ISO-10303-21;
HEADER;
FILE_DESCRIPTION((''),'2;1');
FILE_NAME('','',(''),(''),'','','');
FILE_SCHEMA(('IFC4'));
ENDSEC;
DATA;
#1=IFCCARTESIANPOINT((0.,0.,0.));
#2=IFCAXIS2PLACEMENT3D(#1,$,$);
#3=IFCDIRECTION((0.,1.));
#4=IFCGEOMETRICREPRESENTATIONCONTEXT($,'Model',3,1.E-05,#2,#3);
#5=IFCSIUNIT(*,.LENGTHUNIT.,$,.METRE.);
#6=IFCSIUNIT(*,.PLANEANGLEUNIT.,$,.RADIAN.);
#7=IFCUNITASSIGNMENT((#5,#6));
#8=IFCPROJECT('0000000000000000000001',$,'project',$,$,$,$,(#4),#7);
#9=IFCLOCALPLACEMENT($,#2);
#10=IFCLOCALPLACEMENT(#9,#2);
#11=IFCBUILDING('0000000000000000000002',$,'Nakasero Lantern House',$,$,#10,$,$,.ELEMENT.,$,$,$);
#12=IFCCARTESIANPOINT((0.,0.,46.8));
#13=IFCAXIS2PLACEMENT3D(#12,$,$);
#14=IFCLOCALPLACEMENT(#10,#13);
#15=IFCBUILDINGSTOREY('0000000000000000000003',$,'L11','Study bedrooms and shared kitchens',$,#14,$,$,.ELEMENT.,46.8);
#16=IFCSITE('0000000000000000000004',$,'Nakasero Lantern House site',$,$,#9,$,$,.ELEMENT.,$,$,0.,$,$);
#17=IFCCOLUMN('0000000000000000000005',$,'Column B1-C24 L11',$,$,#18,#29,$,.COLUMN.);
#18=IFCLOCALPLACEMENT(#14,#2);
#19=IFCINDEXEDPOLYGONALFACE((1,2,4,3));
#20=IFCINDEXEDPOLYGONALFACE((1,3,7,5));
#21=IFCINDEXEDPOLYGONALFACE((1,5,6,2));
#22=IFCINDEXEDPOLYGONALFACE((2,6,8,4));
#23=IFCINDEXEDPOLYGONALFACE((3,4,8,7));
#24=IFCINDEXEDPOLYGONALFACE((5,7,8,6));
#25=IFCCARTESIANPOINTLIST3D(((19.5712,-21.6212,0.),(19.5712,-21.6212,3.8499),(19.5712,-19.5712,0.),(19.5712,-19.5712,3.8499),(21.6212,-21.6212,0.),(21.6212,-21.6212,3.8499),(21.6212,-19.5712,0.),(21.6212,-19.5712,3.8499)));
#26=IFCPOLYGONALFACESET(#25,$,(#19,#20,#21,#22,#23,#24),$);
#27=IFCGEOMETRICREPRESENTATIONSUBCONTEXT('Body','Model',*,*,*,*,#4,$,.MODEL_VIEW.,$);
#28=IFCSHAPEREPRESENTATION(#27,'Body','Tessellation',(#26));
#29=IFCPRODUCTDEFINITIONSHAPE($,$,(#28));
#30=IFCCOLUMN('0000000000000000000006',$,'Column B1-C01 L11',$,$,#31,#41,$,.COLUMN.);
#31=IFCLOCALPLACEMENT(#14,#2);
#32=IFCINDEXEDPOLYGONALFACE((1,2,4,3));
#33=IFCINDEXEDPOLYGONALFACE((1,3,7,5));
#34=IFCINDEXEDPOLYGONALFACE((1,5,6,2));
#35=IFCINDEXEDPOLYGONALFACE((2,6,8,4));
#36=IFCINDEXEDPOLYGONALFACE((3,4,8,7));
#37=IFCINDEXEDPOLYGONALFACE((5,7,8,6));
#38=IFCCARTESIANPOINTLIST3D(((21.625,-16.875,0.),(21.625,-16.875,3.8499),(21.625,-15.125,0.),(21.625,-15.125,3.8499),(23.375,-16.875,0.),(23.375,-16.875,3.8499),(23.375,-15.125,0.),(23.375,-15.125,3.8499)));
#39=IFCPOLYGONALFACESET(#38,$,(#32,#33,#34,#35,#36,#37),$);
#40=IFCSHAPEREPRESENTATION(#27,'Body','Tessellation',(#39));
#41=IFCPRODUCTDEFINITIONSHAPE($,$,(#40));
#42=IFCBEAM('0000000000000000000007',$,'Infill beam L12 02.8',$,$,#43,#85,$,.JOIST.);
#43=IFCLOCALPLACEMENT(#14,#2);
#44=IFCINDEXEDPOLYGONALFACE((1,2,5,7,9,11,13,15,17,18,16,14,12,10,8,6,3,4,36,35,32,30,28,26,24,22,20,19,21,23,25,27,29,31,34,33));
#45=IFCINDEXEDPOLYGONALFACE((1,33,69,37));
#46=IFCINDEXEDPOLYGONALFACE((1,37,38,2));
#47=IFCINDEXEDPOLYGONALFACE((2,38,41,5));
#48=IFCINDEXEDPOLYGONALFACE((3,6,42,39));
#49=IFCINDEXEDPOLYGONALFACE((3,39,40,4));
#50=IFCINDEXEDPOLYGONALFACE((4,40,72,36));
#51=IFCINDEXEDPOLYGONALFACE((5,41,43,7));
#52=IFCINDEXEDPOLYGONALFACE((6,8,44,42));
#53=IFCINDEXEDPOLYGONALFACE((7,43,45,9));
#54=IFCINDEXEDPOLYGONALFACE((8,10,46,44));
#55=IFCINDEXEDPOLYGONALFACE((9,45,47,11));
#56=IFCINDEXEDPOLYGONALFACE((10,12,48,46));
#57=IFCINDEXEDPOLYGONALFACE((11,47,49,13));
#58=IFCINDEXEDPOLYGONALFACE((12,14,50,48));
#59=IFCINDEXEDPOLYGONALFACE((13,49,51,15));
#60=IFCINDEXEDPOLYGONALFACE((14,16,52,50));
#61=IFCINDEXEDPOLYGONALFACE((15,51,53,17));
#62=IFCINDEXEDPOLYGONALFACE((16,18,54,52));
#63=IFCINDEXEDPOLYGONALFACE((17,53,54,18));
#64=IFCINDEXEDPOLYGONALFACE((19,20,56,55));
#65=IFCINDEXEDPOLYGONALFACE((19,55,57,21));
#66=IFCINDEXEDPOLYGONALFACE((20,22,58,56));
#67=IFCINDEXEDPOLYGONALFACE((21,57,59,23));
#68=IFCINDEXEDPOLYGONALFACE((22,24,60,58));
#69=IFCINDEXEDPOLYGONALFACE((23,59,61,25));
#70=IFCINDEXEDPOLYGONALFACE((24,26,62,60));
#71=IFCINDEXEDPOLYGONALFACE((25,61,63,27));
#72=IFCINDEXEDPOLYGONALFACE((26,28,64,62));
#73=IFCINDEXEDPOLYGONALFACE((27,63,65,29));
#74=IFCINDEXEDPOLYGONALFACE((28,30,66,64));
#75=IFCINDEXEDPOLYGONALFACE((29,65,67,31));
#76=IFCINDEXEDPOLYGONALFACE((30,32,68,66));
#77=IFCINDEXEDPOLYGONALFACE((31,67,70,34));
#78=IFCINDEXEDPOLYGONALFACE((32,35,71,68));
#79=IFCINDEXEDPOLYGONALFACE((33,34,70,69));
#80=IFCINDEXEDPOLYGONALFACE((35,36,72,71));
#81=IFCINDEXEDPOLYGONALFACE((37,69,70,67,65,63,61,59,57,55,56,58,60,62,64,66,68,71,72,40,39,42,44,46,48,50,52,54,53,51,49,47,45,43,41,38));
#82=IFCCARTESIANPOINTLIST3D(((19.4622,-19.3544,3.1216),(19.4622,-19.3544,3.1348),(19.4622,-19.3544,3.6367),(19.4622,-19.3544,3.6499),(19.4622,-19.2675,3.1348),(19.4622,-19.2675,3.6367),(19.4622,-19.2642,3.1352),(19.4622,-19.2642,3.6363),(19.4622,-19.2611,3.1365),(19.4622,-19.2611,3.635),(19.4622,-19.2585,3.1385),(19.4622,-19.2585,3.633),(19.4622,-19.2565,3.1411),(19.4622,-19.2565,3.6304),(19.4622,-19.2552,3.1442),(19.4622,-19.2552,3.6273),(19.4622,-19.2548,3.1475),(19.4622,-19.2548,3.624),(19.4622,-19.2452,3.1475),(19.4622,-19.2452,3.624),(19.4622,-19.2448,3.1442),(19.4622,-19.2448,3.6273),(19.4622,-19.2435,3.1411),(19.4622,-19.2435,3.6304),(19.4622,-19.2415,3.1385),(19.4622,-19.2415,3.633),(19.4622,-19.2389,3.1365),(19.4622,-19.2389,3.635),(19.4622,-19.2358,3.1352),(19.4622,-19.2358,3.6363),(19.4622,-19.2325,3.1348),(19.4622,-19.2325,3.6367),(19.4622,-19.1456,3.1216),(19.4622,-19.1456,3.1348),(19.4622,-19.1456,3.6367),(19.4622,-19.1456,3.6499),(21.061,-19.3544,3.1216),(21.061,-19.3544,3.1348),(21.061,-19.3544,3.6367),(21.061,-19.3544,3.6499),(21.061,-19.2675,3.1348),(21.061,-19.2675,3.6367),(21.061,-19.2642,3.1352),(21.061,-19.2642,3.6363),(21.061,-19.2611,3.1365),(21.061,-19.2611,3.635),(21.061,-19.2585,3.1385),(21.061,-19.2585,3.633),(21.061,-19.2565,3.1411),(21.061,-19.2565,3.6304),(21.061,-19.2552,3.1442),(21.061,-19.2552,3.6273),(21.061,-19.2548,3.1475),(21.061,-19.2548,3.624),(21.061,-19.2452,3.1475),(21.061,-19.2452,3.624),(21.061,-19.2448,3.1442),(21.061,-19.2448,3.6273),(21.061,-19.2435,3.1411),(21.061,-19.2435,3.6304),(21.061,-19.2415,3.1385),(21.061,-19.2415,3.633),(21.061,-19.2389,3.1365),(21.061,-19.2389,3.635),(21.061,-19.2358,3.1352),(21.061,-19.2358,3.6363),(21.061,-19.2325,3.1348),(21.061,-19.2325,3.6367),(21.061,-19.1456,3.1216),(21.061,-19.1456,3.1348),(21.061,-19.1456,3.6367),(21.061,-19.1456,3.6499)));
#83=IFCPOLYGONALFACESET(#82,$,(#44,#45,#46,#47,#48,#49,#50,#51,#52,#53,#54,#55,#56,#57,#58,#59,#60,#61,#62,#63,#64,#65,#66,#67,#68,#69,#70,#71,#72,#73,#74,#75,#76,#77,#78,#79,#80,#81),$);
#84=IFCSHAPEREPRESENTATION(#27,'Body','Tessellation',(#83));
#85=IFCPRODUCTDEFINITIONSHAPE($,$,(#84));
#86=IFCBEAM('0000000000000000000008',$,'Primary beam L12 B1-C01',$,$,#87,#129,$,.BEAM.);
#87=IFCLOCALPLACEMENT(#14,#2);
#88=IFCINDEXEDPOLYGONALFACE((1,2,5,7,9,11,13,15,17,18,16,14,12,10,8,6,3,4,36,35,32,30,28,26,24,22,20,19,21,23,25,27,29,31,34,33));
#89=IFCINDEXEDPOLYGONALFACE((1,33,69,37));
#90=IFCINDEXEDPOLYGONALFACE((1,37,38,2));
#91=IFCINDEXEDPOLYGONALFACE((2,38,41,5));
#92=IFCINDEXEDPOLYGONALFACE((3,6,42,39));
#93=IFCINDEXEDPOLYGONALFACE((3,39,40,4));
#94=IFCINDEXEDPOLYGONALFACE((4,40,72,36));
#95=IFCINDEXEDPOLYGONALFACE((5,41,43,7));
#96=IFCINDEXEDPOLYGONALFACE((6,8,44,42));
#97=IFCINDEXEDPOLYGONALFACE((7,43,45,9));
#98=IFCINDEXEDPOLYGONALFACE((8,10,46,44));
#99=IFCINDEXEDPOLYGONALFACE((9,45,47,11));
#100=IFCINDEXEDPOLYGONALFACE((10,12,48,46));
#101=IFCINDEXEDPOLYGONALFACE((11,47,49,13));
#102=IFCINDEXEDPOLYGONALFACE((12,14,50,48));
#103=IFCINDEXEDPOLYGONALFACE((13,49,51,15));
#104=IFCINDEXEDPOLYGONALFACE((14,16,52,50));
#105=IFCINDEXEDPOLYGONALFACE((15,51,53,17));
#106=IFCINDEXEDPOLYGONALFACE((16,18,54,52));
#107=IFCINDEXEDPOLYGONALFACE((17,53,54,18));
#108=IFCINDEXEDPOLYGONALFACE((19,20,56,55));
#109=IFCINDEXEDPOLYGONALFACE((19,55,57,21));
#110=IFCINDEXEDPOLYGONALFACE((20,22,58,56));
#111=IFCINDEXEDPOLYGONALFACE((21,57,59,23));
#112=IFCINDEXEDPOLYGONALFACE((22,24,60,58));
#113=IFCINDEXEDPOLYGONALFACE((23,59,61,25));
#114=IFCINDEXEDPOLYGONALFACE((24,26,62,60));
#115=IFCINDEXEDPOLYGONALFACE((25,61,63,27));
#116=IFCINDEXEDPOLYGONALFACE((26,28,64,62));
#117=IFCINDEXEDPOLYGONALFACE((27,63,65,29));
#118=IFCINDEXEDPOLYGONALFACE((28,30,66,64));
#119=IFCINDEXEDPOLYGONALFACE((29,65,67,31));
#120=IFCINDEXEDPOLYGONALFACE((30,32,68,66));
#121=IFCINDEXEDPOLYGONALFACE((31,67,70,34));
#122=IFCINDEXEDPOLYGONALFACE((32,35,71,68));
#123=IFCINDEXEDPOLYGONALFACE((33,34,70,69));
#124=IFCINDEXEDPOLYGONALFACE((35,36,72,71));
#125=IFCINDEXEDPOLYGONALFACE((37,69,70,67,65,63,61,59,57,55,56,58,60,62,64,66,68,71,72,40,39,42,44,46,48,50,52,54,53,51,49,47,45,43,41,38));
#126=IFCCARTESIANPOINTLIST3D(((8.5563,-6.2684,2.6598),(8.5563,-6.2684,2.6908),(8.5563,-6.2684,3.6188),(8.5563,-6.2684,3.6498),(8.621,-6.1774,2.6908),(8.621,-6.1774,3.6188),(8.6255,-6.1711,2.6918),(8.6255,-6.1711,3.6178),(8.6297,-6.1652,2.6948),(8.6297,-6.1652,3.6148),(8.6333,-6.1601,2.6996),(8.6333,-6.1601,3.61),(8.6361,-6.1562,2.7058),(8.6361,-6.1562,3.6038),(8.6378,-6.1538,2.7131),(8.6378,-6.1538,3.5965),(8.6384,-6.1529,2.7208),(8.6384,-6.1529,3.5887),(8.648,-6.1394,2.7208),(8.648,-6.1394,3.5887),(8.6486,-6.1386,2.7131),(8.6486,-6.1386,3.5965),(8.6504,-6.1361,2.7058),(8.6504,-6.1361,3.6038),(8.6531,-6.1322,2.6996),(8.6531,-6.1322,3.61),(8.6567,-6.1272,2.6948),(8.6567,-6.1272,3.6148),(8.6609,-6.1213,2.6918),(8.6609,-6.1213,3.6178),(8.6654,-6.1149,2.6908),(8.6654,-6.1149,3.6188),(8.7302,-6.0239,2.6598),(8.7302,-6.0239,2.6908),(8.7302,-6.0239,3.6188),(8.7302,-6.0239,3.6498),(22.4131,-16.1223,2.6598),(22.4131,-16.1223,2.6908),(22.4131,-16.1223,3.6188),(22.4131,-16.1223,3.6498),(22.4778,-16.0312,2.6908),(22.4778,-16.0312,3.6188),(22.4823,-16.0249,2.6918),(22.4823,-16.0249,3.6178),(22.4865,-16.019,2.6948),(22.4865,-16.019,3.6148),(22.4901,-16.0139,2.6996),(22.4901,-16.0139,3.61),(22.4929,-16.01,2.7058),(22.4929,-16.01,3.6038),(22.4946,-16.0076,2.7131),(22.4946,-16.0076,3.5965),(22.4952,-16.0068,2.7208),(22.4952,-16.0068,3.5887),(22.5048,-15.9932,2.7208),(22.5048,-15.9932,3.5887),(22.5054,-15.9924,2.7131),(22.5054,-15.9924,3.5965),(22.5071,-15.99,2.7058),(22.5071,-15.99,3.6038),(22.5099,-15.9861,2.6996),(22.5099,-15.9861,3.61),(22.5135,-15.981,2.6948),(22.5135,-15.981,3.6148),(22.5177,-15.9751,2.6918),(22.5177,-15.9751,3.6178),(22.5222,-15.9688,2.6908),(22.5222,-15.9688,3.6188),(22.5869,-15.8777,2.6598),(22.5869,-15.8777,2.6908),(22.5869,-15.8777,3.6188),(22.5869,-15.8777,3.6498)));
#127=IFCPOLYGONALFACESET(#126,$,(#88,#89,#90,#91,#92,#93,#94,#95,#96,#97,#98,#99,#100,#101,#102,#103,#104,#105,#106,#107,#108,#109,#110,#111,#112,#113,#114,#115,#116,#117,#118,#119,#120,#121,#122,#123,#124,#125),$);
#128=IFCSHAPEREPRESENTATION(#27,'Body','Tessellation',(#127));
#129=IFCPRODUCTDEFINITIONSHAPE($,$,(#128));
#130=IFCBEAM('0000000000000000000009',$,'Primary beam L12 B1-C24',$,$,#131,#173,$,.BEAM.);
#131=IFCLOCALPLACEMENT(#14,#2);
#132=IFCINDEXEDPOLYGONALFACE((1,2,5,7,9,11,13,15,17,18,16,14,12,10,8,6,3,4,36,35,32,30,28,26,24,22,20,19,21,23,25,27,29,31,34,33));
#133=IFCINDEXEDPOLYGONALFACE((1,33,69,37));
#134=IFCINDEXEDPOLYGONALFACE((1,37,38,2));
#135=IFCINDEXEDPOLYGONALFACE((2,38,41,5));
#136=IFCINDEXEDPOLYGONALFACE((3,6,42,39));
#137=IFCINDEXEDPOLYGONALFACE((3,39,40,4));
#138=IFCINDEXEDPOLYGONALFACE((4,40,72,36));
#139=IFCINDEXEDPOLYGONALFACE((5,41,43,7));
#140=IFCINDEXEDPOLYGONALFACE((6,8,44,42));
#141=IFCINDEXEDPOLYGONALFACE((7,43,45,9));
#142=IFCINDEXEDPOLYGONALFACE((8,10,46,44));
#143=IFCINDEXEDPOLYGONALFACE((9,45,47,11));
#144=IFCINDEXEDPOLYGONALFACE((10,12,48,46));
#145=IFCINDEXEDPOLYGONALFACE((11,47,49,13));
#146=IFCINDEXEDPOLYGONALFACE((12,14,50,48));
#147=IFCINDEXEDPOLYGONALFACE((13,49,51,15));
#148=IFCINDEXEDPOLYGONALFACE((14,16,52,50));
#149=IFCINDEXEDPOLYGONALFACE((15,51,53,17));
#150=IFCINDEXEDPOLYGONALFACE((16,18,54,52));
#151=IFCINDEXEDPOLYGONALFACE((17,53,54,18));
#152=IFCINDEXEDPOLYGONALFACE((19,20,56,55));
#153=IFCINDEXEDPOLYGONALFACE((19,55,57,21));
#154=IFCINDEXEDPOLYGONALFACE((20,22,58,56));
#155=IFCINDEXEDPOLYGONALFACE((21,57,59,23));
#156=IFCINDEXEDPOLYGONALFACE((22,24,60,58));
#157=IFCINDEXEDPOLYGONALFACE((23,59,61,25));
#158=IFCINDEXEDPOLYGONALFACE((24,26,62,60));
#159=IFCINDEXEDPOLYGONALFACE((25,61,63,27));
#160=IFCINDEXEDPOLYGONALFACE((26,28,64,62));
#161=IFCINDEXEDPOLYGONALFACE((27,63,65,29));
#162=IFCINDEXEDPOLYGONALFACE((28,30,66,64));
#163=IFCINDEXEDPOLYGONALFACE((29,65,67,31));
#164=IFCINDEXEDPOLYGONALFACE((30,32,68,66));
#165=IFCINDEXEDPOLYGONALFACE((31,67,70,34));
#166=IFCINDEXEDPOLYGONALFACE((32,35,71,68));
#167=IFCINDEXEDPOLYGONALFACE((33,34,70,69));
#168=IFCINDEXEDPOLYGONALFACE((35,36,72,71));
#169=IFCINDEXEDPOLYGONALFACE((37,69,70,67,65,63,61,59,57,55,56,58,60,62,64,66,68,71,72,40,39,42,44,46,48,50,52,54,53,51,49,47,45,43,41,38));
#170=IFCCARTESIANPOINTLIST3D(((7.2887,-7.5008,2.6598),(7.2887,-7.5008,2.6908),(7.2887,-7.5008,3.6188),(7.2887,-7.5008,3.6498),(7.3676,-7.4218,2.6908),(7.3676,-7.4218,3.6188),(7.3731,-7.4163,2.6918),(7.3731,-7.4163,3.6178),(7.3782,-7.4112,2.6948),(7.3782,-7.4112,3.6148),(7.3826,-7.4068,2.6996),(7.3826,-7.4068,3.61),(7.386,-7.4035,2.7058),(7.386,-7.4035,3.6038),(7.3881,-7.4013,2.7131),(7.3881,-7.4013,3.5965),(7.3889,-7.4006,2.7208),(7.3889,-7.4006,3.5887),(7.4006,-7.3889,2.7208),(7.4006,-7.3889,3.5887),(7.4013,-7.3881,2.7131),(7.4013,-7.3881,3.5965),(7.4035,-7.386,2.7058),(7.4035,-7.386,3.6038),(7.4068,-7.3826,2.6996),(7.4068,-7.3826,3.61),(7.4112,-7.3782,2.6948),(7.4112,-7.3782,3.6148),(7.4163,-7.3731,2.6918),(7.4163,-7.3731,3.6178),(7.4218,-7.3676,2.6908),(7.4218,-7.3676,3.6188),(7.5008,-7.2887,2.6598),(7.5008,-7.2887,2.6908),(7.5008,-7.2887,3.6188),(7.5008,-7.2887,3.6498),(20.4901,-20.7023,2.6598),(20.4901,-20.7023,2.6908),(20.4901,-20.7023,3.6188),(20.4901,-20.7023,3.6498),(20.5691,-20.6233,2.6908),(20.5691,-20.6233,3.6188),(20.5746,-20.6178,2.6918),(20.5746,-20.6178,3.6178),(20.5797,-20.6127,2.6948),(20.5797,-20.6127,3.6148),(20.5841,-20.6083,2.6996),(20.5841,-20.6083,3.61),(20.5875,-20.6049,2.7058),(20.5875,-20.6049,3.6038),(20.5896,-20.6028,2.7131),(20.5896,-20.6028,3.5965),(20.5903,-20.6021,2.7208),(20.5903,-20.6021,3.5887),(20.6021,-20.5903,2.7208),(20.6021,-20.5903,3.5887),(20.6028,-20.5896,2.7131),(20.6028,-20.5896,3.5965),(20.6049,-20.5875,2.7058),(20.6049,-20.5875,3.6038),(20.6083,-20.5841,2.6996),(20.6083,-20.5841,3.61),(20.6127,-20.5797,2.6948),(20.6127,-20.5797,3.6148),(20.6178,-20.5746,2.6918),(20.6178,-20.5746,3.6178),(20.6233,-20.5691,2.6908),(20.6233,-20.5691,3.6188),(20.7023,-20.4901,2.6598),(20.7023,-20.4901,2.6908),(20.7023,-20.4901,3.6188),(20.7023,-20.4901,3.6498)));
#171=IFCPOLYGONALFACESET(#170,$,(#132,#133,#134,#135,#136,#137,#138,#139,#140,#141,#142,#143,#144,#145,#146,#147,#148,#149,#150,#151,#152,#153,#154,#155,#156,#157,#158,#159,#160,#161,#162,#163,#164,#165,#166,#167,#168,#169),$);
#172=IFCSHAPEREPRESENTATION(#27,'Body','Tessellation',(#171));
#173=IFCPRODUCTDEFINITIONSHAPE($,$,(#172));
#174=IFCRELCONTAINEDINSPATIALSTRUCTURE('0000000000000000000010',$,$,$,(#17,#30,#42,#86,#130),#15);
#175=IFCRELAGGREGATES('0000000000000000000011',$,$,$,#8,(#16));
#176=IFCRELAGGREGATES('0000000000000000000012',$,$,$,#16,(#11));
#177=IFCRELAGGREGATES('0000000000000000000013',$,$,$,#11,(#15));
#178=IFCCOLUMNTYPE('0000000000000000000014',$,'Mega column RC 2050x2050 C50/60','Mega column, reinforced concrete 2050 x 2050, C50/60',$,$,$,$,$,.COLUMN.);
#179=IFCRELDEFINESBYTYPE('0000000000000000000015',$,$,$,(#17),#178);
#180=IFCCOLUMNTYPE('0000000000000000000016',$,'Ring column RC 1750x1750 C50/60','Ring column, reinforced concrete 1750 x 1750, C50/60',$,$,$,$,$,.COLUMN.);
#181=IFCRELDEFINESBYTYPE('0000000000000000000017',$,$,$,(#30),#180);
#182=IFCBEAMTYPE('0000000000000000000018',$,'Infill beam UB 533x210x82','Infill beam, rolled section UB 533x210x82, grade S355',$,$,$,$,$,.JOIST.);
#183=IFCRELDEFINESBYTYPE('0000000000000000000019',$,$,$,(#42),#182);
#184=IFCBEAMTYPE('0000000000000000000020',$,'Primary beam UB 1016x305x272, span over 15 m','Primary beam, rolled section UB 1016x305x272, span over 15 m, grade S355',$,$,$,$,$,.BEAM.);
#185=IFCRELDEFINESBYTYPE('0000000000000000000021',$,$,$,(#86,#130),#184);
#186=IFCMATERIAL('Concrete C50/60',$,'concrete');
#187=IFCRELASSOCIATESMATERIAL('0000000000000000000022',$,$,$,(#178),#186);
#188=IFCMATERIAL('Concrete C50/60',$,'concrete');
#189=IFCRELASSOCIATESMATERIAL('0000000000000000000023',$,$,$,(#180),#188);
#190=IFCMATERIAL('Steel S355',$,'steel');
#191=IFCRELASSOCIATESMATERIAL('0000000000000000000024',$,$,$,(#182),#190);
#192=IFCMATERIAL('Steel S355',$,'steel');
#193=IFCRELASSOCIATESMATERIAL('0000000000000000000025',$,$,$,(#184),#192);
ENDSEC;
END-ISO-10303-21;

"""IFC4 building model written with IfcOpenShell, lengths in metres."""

from ifc_helpers import new_model, si_unit, direction, frame, origin, origin_2d, place, context, subcontext, project, spatial, rectangle, i_section, extrude, material, material_profile, profile_set, type_object, element, save


model = new_model("IFC4")

# Units and contexts
model_context = context("Model", 3, precision=1e-05, world=origin(), true_north=direction((0.0, 1.0)))
body_context = subcontext(model_context, "Body", "Model", "MODEL_VIEW")
ifc_project = project(units=[si_unit("LENGTHUNIT", "METRE"), si_unit("PLANEANGLEUNIT", "RADIAN")], contexts=[model_context])

# Site, building, storey
site_placement = place(None, origin())
site = spatial("IfcSite", under=ifc_project, at=site_placement, Name="Nakasero Lantern House site", CompositionType="ELEMENT", RefElevation=0.0)
building_placement = place(site_placement, origin())
building = spatial("IfcBuilding", under=site, at=building_placement, Name="Nakasero Lantern House", CompositionType="ELEMENT")
storey_placement = place(building_placement, frame((0.0, 0.0, 46.8)))
storey = spatial("IfcBuildingStorey", under=building, at=storey_placement, Name="L11", Description="Study bedrooms and shared kitchens", CompositionType="ELEMENT", Elevation=46.8)

# Columns
ifc_material_1 = material(Name="Concrete C50/60", Category="concrete")
ifc_material_profile_1 = material_profile(ifc_material_1, rectangle(XDim=2.05, YDim=2.05, at=origin_2d()), Name="RC 2050x2050")
ifc_profile_set_1 = profile_set([ifc_material_profile_1], Name="Concrete C50/60")
column_type_1 = type_object("IfcColumnType", Name="Mega column RC 2050x2050 C50/60", Description="Mega column, reinforced concrete 2050 x 2050, C50/60", PredefinedType="COLUMN", material=ifc_profile_set_1)
column_1_placement = place(storey_placement, frame((20.5962, -20.5962, 0.0), z_axis=(0.0, 0.0, 1.0), x_axis=(1.0, 0.0, 0.0)))
element("IfcColumn", 1, at=column_1_placement, inside=storey, type_object=column_type_1, Name="Column B1-C24 L11", PredefinedType="COLUMN", context=body_context, shape_type="SweptSolid", body=[
    extrude(rectangle(XDim=2.05, YDim=2.05, at=origin_2d()), origin(), (0.0, 0.0, 1.0), 3.8499),
])
ifc_material_2 = material(Name="Concrete C50/60", Category="concrete")
ifc_material_profile_2 = material_profile(ifc_material_2, rectangle(XDim=1.75, YDim=1.75, at=origin_2d()), Name="RC 1750x1750")
ifc_profile_set_2 = profile_set([ifc_material_profile_2], Name="Concrete C50/60")
column_type_2 = type_object("IfcColumnType", Name="Ring column RC 1750x1750 C50/60", Description="Ring column, reinforced concrete 1750 x 1750, C50/60", PredefinedType="COLUMN", material=ifc_profile_set_2)
column_2_placement = place(storey_placement, frame((22.5, -16.0, 0.0), z_axis=(0.0, 0.0, 1.0), x_axis=(1.0, 0.0, 0.0)))
element("IfcColumn", 2, at=column_2_placement, inside=storey, type_object=column_type_2, Name="Column B1-C01 L11", PredefinedType="COLUMN", context=body_context, shape_type="SweptSolid", body=[
    extrude(rectangle(XDim=1.75, YDim=1.75, at=origin_2d()), origin(), (0.0, 0.0, 1.0), 3.8499),
])

# Beams
ifc_material_3 = material(Name="Steel S355", Category="steel")
ifc_material_profile_3 = material_profile(ifc_material_3, i_section(OverallWidth=0.2087, OverallDepth=0.5283, WebThickness=0.0095, FlangeThickness=0.0132, FilletRadius=0.0127, at=origin_2d()), Name="UB 533x210x82")
ifc_profile_set_3 = profile_set([ifc_material_profile_3], Name="Steel S355")
beam_type_1 = type_object("IfcBeamType", Name="Infill beam UB 533x210x82", Description="Infill beam, rolled section UB 533x210x82, grade S355", PredefinedType="JOIST", material=ifc_profile_set_3)
beam_1_placement = place(storey_placement, frame((19.4622, -19.25, 3.3857), z_axis=(1.0, 0.0, 0.0), x_axis=(0.0, 1.0, 0.0)))
element("IfcBeam", 3, at=beam_1_placement, inside=storey, type_object=beam_type_1, Name="Infill beam L12 02.8", PredefinedType="JOIST", context=body_context, shape_type="SweptSolid", body=[
    extrude(i_section(OverallWidth=0.2087, OverallDepth=0.5283, WebThickness=0.0095, FlangeThickness=0.0132, FilletRadius=0.0127, at=origin_2d()), origin(), (0.0, 0.0, 1.0), 1.5989),
])
ifc_material_4 = material(Name="Steel S355", Category="steel")
ifc_material_profile_4 = material_profile(ifc_material_4, i_section(OverallWidth=0.3, OverallDepth=0.99, WebThickness=0.0166, FlangeThickness=0.031, FilletRadius=0.03, at=origin_2d()), Name="UB 1016x305x272")
ifc_profile_set_4 = profile_set([ifc_material_profile_4], Name="Steel S355")
beam_type_2 = type_object("IfcBeamType", Name="Primary beam UB 1016x305x272, span over 15 m", Description="Primary beam, rolled section UB 1016x305x272, span over 15 m, grade S355", PredefinedType="BEAM", material=ifc_profile_set_4)
beam_2_placement = place(storey_placement, frame((22.5, -16.0, 3.1548), z_axis=(-0.814952, 0.579528, 0.0), x_axis=(-0.579528, -0.814952, 0.0)))
element("IfcBeam", 4, at=beam_2_placement, inside=storey, type_object=beam_type_2, Name="Primary beam L12 B1-C01", PredefinedType="BEAM", context=body_context, shape_type="SweptSolid", body=[
    extrude(i_section(OverallWidth=0.3, OverallDepth=0.99, WebThickness=0.0166, FlangeThickness=0.031, FilletRadius=0.03, at=origin_2d()), origin(), (0.0, 0.0, 1.0), 17.0032),
])
beam_3_placement = place(storey_placement, frame((20.5962, -20.5962, 3.1548), z_axis=(-0.707107, 0.707107, 0.0), x_axis=(-0.707107, -0.707107, 0.0)))
element("IfcBeam", 5, at=beam_3_placement, inside=storey, type_object=beam_type_2, Name="Primary beam L12 B1-C24", PredefinedType="BEAM", context=body_context, shape_type="SweptSolid", body=[
    extrude(i_section(OverallWidth=0.3, OverallDepth=0.99, WebThickness=0.0166, FlangeThickness=0.031, FilletRadius=0.03, at=origin_2d()), origin(), (0.0, 0.0, 1.0), 18.6697),
])

save(model, "model.ifc")
